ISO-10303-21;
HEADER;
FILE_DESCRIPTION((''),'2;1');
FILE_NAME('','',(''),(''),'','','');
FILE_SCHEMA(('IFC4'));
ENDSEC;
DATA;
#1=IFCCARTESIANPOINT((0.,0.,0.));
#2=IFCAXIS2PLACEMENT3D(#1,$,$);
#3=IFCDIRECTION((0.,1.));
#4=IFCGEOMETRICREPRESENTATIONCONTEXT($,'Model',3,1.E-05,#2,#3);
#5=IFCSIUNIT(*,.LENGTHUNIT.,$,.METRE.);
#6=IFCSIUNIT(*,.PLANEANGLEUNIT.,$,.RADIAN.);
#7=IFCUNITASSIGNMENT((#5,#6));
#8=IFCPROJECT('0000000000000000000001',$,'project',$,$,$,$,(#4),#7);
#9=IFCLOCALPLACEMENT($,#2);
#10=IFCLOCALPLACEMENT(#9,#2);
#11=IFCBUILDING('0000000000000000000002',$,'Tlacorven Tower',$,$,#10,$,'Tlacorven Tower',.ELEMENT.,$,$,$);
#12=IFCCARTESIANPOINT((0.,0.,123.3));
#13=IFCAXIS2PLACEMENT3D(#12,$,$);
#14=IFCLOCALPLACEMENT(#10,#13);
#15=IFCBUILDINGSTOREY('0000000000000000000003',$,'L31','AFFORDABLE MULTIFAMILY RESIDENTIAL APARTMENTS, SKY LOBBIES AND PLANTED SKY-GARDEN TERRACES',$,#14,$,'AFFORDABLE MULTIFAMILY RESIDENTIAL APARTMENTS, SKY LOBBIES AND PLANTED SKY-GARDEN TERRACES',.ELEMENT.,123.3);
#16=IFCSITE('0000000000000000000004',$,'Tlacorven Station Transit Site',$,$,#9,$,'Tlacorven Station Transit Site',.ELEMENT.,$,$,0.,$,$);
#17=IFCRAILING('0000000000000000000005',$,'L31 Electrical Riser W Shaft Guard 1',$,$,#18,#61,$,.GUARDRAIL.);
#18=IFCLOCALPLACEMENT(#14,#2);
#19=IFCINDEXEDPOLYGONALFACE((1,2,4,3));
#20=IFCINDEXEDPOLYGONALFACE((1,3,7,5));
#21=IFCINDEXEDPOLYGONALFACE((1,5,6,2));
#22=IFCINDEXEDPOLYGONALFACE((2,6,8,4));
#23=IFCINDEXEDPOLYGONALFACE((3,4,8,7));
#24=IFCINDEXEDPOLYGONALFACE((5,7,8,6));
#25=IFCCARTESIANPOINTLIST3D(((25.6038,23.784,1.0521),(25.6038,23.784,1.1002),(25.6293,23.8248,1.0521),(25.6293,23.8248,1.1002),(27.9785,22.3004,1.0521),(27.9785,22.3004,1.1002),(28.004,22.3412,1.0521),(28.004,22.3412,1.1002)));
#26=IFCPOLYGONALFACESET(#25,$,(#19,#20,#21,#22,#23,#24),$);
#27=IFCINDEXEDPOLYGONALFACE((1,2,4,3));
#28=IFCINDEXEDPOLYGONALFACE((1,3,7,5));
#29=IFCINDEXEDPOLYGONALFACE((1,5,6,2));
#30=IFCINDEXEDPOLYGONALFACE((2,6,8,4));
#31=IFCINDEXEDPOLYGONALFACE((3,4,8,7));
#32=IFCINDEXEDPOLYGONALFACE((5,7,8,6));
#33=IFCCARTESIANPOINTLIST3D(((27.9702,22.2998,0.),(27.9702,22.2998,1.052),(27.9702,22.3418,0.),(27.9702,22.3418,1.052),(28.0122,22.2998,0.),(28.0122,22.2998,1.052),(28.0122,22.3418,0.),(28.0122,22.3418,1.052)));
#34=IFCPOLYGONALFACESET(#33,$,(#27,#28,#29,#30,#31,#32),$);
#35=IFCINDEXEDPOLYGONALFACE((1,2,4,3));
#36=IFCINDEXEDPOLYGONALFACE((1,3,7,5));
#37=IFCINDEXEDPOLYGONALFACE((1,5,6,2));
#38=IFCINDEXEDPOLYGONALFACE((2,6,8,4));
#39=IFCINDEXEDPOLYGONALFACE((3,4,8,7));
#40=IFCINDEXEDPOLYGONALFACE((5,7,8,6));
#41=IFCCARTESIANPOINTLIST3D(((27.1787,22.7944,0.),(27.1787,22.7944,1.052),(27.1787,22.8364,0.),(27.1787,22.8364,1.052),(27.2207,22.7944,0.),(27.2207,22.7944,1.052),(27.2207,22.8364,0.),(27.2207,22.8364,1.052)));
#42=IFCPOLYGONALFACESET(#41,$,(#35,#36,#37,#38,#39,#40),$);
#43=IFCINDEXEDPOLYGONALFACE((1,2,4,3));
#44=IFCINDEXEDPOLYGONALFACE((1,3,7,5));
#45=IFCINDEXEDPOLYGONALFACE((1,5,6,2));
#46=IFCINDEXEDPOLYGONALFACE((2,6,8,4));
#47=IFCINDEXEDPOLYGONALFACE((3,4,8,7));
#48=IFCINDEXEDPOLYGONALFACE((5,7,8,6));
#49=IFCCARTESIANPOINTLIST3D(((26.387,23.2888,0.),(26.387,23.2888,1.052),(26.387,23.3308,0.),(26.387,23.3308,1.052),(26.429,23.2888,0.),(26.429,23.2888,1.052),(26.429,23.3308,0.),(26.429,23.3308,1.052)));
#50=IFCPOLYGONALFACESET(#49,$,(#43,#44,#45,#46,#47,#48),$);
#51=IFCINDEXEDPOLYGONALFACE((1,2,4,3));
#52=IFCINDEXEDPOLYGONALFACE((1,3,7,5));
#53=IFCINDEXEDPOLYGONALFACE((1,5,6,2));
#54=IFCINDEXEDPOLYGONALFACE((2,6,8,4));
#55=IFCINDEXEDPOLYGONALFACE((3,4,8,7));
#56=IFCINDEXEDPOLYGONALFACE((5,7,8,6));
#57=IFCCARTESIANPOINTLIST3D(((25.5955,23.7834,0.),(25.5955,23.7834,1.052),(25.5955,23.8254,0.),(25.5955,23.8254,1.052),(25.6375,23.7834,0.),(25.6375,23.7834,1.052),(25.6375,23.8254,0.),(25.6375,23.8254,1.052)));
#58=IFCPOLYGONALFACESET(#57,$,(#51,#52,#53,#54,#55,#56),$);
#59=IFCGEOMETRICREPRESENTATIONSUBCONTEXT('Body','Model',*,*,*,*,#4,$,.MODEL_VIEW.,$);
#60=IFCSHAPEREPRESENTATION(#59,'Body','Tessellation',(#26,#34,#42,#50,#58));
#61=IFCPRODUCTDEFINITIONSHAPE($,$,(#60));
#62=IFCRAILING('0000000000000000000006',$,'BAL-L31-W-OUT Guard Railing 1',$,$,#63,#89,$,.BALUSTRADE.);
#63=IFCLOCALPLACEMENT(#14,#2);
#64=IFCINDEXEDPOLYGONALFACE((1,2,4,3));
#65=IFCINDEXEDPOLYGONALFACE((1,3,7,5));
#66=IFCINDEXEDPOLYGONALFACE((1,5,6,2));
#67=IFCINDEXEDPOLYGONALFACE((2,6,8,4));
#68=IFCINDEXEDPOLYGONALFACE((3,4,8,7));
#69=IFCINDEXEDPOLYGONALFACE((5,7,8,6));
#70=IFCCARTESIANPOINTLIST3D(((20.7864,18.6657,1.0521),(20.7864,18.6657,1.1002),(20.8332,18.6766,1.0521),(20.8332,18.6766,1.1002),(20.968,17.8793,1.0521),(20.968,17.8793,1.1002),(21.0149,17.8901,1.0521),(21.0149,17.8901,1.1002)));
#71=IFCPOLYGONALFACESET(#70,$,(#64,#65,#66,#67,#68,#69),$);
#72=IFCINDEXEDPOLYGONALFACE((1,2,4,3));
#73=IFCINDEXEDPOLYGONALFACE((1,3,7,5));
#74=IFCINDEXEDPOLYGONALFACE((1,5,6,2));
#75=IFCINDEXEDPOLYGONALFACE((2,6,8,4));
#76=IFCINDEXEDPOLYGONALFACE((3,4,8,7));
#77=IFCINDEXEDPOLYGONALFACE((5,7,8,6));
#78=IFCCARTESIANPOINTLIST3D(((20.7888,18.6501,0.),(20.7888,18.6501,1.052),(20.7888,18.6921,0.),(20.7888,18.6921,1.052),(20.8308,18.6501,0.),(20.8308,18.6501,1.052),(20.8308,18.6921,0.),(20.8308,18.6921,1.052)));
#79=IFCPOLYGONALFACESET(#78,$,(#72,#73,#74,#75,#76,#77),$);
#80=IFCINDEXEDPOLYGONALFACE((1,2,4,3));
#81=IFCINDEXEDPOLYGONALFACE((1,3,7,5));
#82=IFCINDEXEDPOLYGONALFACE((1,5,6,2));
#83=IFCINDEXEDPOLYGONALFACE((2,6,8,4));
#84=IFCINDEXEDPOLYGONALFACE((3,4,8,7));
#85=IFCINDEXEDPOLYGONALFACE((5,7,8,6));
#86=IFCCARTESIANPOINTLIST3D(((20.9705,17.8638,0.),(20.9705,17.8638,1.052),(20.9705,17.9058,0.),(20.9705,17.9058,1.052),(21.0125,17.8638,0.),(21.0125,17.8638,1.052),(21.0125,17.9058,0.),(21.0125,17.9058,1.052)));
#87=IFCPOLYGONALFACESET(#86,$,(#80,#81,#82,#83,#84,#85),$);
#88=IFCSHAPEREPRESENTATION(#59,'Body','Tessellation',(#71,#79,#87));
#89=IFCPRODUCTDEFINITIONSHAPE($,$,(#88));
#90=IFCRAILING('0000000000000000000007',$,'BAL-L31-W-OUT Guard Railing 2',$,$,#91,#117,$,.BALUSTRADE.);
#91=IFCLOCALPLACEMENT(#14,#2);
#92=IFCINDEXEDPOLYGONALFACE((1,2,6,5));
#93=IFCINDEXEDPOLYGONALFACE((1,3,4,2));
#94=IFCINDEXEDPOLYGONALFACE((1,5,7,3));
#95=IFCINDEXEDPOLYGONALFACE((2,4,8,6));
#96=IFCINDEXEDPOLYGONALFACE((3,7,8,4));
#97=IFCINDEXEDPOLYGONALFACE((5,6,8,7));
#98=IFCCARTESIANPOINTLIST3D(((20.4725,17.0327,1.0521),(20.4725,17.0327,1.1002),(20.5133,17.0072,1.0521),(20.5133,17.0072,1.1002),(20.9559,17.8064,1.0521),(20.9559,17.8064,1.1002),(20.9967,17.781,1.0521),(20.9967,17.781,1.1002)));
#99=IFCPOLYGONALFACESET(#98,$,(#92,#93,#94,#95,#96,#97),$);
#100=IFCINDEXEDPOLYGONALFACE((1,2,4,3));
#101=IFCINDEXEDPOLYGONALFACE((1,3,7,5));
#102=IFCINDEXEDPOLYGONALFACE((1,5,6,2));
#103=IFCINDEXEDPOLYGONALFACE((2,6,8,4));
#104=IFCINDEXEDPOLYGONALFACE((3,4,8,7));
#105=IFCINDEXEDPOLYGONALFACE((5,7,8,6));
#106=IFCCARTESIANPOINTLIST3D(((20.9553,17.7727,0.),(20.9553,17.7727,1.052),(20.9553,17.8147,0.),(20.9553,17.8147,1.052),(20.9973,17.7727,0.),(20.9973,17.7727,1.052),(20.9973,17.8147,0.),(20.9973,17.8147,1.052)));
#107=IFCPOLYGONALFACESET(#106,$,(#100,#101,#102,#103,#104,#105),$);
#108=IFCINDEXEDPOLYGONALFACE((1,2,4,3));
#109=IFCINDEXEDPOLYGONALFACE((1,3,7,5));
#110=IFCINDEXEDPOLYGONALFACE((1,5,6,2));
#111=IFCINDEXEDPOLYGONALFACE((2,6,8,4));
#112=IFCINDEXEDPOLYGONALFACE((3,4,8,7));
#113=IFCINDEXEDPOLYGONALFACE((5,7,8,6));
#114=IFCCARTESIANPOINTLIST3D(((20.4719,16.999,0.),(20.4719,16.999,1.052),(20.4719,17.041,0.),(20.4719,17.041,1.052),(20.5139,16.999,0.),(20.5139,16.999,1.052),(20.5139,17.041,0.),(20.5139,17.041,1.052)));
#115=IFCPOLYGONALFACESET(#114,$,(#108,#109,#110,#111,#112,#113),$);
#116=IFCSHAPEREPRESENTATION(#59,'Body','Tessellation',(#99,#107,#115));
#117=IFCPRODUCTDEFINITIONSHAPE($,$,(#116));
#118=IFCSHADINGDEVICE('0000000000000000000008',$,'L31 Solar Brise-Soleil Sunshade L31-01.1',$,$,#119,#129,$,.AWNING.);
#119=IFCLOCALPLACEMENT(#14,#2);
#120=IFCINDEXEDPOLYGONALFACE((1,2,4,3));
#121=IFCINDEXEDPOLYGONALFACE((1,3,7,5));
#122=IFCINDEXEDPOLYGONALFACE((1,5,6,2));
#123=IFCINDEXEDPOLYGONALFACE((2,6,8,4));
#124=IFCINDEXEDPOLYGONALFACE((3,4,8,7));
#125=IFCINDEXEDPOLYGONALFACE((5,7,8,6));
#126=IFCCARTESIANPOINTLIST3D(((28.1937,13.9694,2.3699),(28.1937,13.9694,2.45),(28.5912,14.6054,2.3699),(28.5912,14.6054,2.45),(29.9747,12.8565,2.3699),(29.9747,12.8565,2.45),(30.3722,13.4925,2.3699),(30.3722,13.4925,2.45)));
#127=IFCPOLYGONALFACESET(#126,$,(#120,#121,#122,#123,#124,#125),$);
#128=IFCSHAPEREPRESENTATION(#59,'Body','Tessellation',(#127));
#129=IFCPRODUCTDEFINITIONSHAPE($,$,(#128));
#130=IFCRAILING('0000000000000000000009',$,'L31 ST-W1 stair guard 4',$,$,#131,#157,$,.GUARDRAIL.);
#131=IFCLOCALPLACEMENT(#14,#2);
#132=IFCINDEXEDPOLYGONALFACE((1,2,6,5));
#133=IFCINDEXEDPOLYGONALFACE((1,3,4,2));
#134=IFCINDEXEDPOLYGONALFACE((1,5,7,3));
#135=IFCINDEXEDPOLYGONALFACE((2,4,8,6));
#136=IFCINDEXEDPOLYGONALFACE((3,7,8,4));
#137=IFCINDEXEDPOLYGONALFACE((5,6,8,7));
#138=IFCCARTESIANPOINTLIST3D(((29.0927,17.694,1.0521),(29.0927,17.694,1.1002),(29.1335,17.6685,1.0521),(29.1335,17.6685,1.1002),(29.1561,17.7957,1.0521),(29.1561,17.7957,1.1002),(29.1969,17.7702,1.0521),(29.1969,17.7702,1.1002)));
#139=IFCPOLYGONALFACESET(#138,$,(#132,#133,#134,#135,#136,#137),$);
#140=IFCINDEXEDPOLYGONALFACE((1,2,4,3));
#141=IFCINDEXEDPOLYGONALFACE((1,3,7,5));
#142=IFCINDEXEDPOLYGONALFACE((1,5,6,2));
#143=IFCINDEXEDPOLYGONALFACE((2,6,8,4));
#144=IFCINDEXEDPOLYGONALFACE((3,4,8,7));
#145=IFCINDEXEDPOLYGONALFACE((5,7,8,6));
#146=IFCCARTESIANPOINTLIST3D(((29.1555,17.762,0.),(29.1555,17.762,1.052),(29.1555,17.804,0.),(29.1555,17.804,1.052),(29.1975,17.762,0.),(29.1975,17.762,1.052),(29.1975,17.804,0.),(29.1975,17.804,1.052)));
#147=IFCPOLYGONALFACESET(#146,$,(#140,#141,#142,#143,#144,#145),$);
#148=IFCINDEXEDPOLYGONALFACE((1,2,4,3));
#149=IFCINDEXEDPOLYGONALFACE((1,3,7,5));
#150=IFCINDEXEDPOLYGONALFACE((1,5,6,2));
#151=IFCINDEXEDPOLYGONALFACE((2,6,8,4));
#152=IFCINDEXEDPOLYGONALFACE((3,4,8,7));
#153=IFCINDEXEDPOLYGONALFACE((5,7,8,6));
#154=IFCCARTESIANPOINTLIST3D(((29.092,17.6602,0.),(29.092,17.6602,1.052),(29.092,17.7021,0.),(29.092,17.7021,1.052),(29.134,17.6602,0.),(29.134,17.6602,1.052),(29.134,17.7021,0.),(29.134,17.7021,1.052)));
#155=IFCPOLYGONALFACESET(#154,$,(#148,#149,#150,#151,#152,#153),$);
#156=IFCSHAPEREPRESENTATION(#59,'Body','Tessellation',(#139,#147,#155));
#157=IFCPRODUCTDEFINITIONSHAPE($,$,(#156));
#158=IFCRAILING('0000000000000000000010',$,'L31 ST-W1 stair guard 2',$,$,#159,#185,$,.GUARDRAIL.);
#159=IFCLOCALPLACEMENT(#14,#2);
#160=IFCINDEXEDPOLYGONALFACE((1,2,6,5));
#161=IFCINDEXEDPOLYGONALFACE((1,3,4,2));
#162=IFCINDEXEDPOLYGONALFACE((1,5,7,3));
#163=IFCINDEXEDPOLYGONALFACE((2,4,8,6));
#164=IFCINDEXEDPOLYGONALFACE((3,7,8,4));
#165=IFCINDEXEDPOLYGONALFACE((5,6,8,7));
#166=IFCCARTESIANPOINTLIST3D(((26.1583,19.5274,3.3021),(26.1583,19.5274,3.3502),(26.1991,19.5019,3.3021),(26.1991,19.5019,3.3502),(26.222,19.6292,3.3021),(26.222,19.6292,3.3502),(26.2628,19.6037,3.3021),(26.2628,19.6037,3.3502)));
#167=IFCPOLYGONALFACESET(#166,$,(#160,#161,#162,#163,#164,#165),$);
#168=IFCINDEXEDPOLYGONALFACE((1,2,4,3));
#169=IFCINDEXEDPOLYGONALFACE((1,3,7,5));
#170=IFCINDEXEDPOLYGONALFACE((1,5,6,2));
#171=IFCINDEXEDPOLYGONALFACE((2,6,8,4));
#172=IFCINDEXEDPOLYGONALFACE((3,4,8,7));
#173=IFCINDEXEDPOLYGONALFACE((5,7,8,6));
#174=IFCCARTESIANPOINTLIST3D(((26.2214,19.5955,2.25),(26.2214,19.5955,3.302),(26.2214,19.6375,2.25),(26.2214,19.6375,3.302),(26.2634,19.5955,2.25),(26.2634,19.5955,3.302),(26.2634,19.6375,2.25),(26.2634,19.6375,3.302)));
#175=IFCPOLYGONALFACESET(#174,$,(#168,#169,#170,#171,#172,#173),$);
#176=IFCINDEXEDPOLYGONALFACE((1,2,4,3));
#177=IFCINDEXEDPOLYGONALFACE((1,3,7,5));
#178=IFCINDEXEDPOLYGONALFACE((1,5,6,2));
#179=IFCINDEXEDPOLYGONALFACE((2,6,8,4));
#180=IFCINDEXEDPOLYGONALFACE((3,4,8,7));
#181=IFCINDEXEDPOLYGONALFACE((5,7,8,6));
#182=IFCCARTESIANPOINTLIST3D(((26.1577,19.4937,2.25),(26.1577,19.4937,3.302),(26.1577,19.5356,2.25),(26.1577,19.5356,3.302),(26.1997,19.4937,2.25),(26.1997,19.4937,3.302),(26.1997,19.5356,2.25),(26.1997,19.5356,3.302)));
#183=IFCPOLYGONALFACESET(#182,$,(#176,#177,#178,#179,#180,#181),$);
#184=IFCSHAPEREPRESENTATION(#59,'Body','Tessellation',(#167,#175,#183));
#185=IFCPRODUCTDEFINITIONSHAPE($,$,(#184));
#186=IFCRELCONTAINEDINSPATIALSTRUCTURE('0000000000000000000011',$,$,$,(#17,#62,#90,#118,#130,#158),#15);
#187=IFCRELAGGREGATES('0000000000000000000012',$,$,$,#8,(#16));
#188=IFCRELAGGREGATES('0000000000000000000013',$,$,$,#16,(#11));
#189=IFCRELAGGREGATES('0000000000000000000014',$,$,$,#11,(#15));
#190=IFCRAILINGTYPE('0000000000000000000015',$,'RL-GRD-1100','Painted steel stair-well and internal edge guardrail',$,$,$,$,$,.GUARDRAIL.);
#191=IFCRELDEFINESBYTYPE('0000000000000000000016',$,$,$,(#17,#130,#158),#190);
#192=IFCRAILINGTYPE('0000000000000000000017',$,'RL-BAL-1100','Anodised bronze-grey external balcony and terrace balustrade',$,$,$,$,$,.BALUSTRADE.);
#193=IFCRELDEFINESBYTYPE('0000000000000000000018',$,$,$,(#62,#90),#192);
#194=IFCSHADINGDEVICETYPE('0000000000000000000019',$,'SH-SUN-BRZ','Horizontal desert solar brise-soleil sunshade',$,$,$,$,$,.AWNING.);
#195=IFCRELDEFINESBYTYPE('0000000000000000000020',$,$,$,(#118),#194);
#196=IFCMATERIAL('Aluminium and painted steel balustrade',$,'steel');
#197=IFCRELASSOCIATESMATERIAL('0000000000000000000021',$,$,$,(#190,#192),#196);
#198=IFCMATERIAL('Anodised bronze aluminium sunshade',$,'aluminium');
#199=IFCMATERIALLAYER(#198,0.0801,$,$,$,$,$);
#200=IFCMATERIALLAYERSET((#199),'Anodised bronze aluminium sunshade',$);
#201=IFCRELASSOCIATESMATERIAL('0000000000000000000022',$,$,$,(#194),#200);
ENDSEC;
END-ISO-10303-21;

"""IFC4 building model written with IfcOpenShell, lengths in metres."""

from ifc_helpers import new_model, si_unit, direction, frame, origin, origin_2d, place, context, subcontext, project, spatial, rectangle, extrude, source, transform, mapped, material, layer, layer_set, type_object, element, save


model = new_model("IFC4")

# Units and contexts
model_context = context("Model", 3, precision=1e-05, world=origin(), true_north=direction((0.0, 1.0)))
body_context = subcontext(model_context, "Body", "Model", "MODEL_VIEW")
ifc_project = project(units=[si_unit("LENGTHUNIT", "METRE"), si_unit("PLANEANGLEUNIT", "RADIAN")], contexts=[model_context])

# Site, building, storey
site_placement = place(None, origin())
site = spatial("IfcSite", under=ifc_project, at=site_placement, Name="Tlacorven Station Transit Site", LongName="Tlacorven Station Transit Site", CompositionType="ELEMENT", RefElevation=0.0)
building_placement = place(site_placement, origin())
building = spatial("IfcBuilding", under=site, at=building_placement, Name="Tlacorven Tower", LongName="Tlacorven Tower", CompositionType="ELEMENT")
storey_placement = place(building_placement, frame((0.0, 0.0, 123.3)))
storey = spatial("IfcBuildingStorey", under=building, at=storey_placement, Name="L31", Description="AFFORDABLE MULTIFAMILY RESIDENTIAL APARTMENTS, SKY LOBBIES AND PLANTED SKY-GARDEN TERRACES", LongName="AFFORDABLE MULTIFAMILY RESIDENTIAL APARTMENTS, SKY LOBBIES AND PLANTED SKY-GARDEN TERRACES", CompositionType="ELEMENT", Elevation=123.3)

# Railings
ifc_material_1 = material(Name="Aluminium and painted steel balustrade", Category="steel")
railing_type_1 = type_object("IfcRailingType", Name="RL-GRD-1100", Description="Painted steel stair-well and internal edge guardrail", PredefinedType="GUARDRAIL", material=ifc_material_1)
shared_shape_1 = source(origin(), body_context, "Body", "SweptSolid", [
    extrude(rectangle(XDim=0.0481, YDim=0.0481, at=origin_2d()), frame((0.0, 0.0, 1.0762), z_axis=(-0.848091, 0.52985, 0.0), x_axis=(-0.52985, -0.848091, 0.0)), (0.0, 0.0, 1.0), 2.8),
    extrude(rectangle(XDim=0.042, YDim=0.042, at=origin_2d()), origin(), (0.0, 0.0, 1.0), 1.052),
    extrude(rectangle(XDim=0.042, YDim=0.042, at=origin_2d()), frame((-0.7915, 0.4946, 0.0)), (0.0, 0.0, 1.0), 1.052),
    extrude(rectangle(XDim=0.042, YDim=0.042, at=origin_2d()), frame((-1.5833, 0.989, 0.0)), (0.0, 0.0, 1.0), 1.052),
    extrude(rectangle(XDim=0.042, YDim=0.042, at=origin_2d()), frame((-2.3748, 1.4836, 0.0)), (0.0, 0.0, 1.0), 1.052),
])
railing_1_placement = place(storey_placement, frame((27.9912, 22.3208, 0.0)))
element("IfcRailing", 1, at=railing_1_placement, inside=storey, type_object=railing_type_1, Name="L31 Electrical Riser W Shaft Guard 1", PredefinedType="GUARDRAIL", context=body_context, shape_type="MappedRepresentation", body=[
    mapped(shared_shape_1, transform((0.0, 0.0, 0.0), scale=1.0)),
])
railing_type_2 = type_object("IfcRailingType", Name="RL-BAL-1100", Description="Anodised bronze-grey external balcony and terrace balustrade", PredefinedType="BALUSTRADE", material=ifc_material_1)
shared_shape_2 = source(origin(), body_context, "Body", "SweptSolid", [
    extrude(rectangle(XDim=0.0481, YDim=0.0481, at=origin_2d()), frame((0.0, 0.0, 1.0762), z_axis=(0.225058, -0.974345, 0.0), x_axis=(0.974345, 0.225058, 0.0)), (0.0, 0.0, 1.0), 0.8071),
    extrude(rectangle(XDim=0.042, YDim=0.042, at=origin_2d()), origin(), (0.0, 0.0, 1.0), 1.052),
    extrude(rectangle(XDim=0.042, YDim=0.042, at=origin_2d()), frame((0.1816, -0.7864, 0.0)), (0.0, 0.0, 1.0), 1.052),
])
railing_2_placement = place(storey_placement, frame((20.8098, 18.6711, 0.0)))
element("IfcRailing", 2, at=railing_2_placement, inside=storey, type_object=railing_type_2, Name="BAL-L31-W-OUT Guard Railing 1", PredefinedType="BALUSTRADE", context=body_context, shape_type="MappedRepresentation", body=[
    mapped(shared_shape_2, transform((0.0, 0.0, 0.0), scale=1.0)),
])
shared_shape_3 = source(origin(), body_context, "Body", "SweptSolid", [
    extrude(rectangle(XDim=0.0481, YDim=0.0481, at=origin_2d()), frame((0.0, 0.0, 1.0762), z_axis=(-0.529879, -0.848073, 0.0), x_axis=(0.848073, -0.529879, 0.0)), (0.0, 0.0, 1.0), 0.9124),
    extrude(rectangle(XDim=0.042, YDim=0.042, at=origin_2d()), origin(), (0.0, 0.0, 1.0), 1.052),
    extrude(rectangle(XDim=0.042, YDim=0.042, at=origin_2d()), frame((-0.4834, -0.7737, 0.0)), (0.0, 0.0, 1.0), 1.052),
])
railing_3_placement = place(storey_placement, frame((20.9763, 17.7937, 0.0)))
element("IfcRailing", 3, at=railing_3_placement, inside=storey, type_object=railing_type_2, Name="BAL-L31-W-OUT Guard Railing 2", PredefinedType="BALUSTRADE", context=body_context, shape_type="MappedRepresentation", body=[
    mapped(shared_shape_3, transform((0.0, 0.0, 0.0), scale=1.0)),
])

# Shading device
ifc_material_2 = material(Name="Anodised bronze aluminium sunshade", Category="aluminium")
ifc_layer_1 = layer(ifc_material_2, 0.0801)
ifc_layer_set_1 = layer_set([ifc_layer_1], Name="Anodised bronze aluminium sunshade")
shading_device_type = type_object("IfcShadingDeviceType", Name="SH-SUN-BRZ", Description="Horizontal desert solar brise-soleil sunshade", PredefinedType="AWNING", material=ifc_layer_set_1)
shared_shape_4 = source(origin(), body_context, "Body", "SweptSolid", [
    extrude(rectangle(XDim=2.1001, YDim=0.75, at=origin_2d()), origin(), (0.0, 0.0, 1.0), 0.0801),
])
shading_device_placement = place(storey_placement, frame((29.283, 13.731, 2.3699), z_axis=(0.0, 0.0, 1.0), x_axis=(-0.848048, 0.529919, 0.0)))
element("IfcShadingDevice", 4, at=shading_device_placement, inside=storey, type_object=shading_device_type, Name="L31 Solar Brise-Soleil Sunshade L31-01.1", PredefinedType="AWNING", context=body_context, shape_type="MappedRepresentation", body=[
    mapped(shared_shape_4, transform((0.0, 0.0, 0.0), scale=1.0)),
])

# Railings
shared_shape_5 = source(origin(), body_context, "Body", "SweptSolid", [
    extrude(rectangle(XDim=0.0481, YDim=0.0481, at=origin_2d()), frame((0.0, 0.0, 1.0762), z_axis=(-0.529084, -0.848569, 0.0), x_axis=(0.848569, -0.529084, 0.0)), (0.0, 0.0, 1.0), 0.1199),
    extrude(rectangle(XDim=0.042, YDim=0.042, at=origin_2d()), origin(), (0.0, 0.0, 1.0), 1.052),
    extrude(rectangle(XDim=0.042, YDim=0.042, at=origin_2d()), frame((-0.0635, -0.1018, 0.0)), (0.0, 0.0, 1.0), 1.052),
])
railing_4_placement = place(storey_placement, frame((29.1765, 17.783, 0.0)))
element("IfcRailing", 5, at=railing_4_placement, inside=storey, type_object=railing_type_1, Name="L31 ST-W1 stair guard 4", PredefinedType="GUARDRAIL", context=body_context, shape_type="MappedRepresentation", body=[
    mapped(shared_shape_5, transform((0.0, 0.0, 0.0), scale=1.0)),
])
shared_shape_6 = source(origin(), body_context, "Body", "SweptSolid", [
    extrude(rectangle(XDim=0.0481, YDim=0.0481, at=origin_2d()), frame((0.0, 0.0, 1.0762), z_axis=(-0.530547, -0.847656, 0.0), x_axis=(0.847656, -0.530547, 0.0)), (0.0, 0.0, 1.0), 0.1201),
    extrude(rectangle(XDim=0.042, YDim=0.042, at=origin_2d()), origin(), (0.0, 0.0, 1.0), 1.052),
    extrude(rectangle(XDim=0.042, YDim=0.042, at=origin_2d()), frame((-0.0637, -0.1018, 0.0)), (0.0, 0.0, 1.0), 1.052),
])
railing_5_placement = place(storey_placement, frame((26.2424, 19.6165, 2.25)))
element("IfcRailing", 6, at=railing_5_placement, inside=storey, type_object=railing_type_1, Name="L31 ST-W1 stair guard 2", PredefinedType="GUARDRAIL", context=body_context, shape_type="MappedRepresentation", body=[
    mapped(shared_shape_6, transform((0.0, 0.0, 0.0), scale=1.0)),
])

save(model, "model.ifc")
